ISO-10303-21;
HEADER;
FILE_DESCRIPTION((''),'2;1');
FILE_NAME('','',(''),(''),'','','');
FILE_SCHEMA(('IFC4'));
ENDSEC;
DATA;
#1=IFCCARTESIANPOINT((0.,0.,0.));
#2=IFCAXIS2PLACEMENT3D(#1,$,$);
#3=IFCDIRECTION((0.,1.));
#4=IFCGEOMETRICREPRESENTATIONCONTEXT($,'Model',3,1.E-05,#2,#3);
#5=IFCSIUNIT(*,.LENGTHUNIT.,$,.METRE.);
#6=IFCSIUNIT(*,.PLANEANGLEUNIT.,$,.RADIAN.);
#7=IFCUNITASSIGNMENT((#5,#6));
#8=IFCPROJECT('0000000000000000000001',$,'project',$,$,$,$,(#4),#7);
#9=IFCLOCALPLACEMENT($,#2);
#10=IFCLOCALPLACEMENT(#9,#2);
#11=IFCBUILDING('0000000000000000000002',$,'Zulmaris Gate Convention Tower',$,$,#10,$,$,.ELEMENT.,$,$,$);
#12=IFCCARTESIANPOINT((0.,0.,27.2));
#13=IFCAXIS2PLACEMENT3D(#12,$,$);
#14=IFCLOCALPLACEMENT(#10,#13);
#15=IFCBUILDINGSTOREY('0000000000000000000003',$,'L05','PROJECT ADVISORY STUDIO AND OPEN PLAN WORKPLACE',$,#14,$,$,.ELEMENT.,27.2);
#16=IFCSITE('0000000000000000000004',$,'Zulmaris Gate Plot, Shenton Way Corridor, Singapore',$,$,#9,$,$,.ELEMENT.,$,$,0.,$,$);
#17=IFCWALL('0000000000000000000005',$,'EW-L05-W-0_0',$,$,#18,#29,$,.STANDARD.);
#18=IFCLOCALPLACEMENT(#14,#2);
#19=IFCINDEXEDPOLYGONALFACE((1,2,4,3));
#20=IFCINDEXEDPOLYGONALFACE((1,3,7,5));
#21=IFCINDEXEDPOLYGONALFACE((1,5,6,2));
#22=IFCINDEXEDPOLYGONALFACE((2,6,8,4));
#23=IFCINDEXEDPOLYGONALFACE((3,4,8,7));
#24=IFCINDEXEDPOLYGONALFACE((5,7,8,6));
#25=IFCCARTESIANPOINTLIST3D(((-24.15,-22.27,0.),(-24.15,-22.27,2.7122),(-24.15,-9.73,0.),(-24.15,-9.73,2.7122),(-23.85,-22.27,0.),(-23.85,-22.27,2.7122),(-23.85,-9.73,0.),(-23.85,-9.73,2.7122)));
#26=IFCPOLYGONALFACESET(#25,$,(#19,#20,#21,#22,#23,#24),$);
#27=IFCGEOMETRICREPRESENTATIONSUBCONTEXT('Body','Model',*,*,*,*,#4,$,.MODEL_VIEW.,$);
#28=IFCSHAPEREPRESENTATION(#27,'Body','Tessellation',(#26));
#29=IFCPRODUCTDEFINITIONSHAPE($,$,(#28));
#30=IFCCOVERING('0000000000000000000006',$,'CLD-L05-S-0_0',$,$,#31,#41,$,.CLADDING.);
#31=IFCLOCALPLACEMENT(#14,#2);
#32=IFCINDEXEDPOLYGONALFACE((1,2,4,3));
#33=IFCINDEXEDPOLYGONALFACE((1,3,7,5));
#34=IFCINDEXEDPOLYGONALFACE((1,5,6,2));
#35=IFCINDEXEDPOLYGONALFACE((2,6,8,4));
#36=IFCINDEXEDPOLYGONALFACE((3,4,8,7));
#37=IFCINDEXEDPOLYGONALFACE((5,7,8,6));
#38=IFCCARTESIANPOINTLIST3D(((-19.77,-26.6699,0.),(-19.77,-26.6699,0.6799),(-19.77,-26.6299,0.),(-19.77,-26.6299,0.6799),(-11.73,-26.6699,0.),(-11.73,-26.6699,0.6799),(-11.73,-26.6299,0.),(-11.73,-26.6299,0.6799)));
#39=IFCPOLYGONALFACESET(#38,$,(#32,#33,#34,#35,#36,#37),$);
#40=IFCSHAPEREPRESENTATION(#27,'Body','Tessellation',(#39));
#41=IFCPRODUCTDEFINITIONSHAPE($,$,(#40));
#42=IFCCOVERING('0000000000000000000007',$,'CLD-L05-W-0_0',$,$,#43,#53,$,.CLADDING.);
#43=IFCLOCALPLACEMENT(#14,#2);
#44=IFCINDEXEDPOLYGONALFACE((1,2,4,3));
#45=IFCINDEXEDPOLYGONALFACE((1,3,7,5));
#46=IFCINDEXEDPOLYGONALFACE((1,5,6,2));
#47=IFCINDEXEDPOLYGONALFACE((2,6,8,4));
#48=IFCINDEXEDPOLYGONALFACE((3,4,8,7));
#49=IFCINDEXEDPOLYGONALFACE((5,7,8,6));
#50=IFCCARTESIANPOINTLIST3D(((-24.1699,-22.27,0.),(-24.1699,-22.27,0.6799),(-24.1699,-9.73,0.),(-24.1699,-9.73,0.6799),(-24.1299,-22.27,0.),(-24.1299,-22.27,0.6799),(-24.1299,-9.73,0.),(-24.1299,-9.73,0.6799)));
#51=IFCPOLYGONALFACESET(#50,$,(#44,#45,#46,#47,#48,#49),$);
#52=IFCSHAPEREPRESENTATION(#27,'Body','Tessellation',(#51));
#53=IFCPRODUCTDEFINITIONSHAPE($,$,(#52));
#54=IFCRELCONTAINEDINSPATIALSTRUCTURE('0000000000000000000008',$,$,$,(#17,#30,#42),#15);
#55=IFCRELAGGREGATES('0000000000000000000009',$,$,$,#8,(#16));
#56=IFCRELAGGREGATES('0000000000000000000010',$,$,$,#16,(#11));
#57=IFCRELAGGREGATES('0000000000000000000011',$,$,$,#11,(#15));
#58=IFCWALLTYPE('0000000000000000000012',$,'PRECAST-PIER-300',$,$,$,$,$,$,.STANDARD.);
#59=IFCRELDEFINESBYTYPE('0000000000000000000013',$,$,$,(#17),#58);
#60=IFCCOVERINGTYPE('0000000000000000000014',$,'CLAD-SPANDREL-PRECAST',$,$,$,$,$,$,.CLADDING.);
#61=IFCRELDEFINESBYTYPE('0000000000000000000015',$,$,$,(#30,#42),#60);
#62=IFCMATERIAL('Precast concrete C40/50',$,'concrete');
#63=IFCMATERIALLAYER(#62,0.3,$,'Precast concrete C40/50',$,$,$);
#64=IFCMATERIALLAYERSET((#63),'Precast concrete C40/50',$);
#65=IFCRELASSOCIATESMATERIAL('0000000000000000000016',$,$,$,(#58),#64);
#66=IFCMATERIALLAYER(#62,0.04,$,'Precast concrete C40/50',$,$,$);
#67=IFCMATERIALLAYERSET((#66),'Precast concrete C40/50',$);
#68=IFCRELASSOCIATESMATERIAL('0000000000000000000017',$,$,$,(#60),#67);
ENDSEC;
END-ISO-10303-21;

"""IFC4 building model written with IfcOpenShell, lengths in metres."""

from ifc_helpers import new_model, si_unit, direction, frame, frame_2d, origin, place, context, subcontext, project, spatial, rectangle, extrude, material, layer, layer_set, type_object, element, save


model = new_model("IFC4")

# Units and contexts
model_context = context("Model", 3, precision=1e-05, world=origin(), true_north=direction((0.0, 1.0)))
body_context = subcontext(model_context, "Body", "Model", "MODEL_VIEW")
ifc_project = project(units=[si_unit("LENGTHUNIT", "METRE"), si_unit("PLANEANGLEUNIT", "RADIAN")], contexts=[model_context])

# Site, building, storey
site_placement = place(None, origin())
site = spatial("IfcSite", under=ifc_project, at=site_placement, Name="Zulmaris Gate Plot, Shenton Way Corridor, Singapore", CompositionType="ELEMENT", RefElevation=0.0)
building_placement = place(site_placement, origin())
building = spatial("IfcBuilding", under=site, at=building_placement, Name="Zulmaris Gate Convention Tower", CompositionType="ELEMENT")
storey_placement = place(building_placement, frame((0.0, 0.0, 27.2)))
storey = spatial("IfcBuildingStorey", under=building, at=storey_placement, Name="L05", Description="PROJECT ADVISORY STUDIO AND OPEN PLAN WORKPLACE", CompositionType="ELEMENT", Elevation=27.2)

# Shared definitions
ifc_material_1 = material(Name="Precast concrete C40/50", Category="concrete")

# Shared definitions
ifc_layer_1 = layer(ifc_material_1, 0.3, Name="Precast concrete C40/50")
ifc_layer_set_1 = layer_set([ifc_layer_1], Name="Precast concrete C40/50")
wall_type_1 = type_object("IfcWallType", Name="PRECAST-PIER-300", PredefinedType="STANDARD", material=ifc_layer_set_1)

# Wall
wall_1_placement = place(storey_placement, frame((-24.0, -9.73, 0.0), z_axis=(0.0, 0.0, 1.0), x_axis=(0.0, -1.0, 0.0)))
element("IfcWall", 1, at=wall_1_placement, inside=storey, type_object=wall_type_1, Name="EW-L05-W-0_0", PredefinedType="STANDARD", context=body_context, shape_type="SweptSolid", body=[
    extrude(rectangle(XDim=12.54, YDim=0.3, at=frame_2d((6.27, 0.0))), origin(), (0.0, 0.0, 1.0), 2.7122),
])

# Coverings
ifc_layer_2 = layer(ifc_material_1, 0.04, Name="Precast concrete C40/50")
ifc_layer_set_2 = layer_set([ifc_layer_2], Name="Precast concrete C40/50")
covering_type = type_object("IfcCoveringType", Name="CLAD-SPANDREL-PRECAST", PredefinedType="CLADDING", material=ifc_layer_set_2)
covering_1_placement = place(storey_placement, frame((-19.77, -26.6499, 0.0), z_axis=(0.0, 0.0, 1.0), x_axis=(1.0, 0.0, 0.0)))
element("IfcCovering", 2, at=covering_1_placement, inside=storey, type_object=covering_type, Name="CLD-L05-S-0_0", PredefinedType="CLADDING", context=body_context, shape_type="SweptSolid", body=[
    extrude(rectangle(XDim=8.04, YDim=0.04, at=frame_2d((4.02, 0.0))), origin(), (0.0, 0.0, 1.0), 0.6799),
])
covering_2_placement = place(storey_placement, frame((-24.1499, -9.73, 0.0), z_axis=(0.0, 0.0, 1.0), x_axis=(0.0, -1.0, 0.0)))
element("IfcCovering", 3, at=covering_2_placement, inside=storey, type_object=covering_type, Name="CLD-L05-W-0_0", PredefinedType="CLADDING", context=body_context, shape_type="SweptSolid", body=[
    extrude(rectangle(XDim=12.54, YDim=0.04, at=frame_2d((6.27, 0.0))), origin(), (0.0, 0.0, 1.0), 0.6799),
])

save(model, "model.ifc")
